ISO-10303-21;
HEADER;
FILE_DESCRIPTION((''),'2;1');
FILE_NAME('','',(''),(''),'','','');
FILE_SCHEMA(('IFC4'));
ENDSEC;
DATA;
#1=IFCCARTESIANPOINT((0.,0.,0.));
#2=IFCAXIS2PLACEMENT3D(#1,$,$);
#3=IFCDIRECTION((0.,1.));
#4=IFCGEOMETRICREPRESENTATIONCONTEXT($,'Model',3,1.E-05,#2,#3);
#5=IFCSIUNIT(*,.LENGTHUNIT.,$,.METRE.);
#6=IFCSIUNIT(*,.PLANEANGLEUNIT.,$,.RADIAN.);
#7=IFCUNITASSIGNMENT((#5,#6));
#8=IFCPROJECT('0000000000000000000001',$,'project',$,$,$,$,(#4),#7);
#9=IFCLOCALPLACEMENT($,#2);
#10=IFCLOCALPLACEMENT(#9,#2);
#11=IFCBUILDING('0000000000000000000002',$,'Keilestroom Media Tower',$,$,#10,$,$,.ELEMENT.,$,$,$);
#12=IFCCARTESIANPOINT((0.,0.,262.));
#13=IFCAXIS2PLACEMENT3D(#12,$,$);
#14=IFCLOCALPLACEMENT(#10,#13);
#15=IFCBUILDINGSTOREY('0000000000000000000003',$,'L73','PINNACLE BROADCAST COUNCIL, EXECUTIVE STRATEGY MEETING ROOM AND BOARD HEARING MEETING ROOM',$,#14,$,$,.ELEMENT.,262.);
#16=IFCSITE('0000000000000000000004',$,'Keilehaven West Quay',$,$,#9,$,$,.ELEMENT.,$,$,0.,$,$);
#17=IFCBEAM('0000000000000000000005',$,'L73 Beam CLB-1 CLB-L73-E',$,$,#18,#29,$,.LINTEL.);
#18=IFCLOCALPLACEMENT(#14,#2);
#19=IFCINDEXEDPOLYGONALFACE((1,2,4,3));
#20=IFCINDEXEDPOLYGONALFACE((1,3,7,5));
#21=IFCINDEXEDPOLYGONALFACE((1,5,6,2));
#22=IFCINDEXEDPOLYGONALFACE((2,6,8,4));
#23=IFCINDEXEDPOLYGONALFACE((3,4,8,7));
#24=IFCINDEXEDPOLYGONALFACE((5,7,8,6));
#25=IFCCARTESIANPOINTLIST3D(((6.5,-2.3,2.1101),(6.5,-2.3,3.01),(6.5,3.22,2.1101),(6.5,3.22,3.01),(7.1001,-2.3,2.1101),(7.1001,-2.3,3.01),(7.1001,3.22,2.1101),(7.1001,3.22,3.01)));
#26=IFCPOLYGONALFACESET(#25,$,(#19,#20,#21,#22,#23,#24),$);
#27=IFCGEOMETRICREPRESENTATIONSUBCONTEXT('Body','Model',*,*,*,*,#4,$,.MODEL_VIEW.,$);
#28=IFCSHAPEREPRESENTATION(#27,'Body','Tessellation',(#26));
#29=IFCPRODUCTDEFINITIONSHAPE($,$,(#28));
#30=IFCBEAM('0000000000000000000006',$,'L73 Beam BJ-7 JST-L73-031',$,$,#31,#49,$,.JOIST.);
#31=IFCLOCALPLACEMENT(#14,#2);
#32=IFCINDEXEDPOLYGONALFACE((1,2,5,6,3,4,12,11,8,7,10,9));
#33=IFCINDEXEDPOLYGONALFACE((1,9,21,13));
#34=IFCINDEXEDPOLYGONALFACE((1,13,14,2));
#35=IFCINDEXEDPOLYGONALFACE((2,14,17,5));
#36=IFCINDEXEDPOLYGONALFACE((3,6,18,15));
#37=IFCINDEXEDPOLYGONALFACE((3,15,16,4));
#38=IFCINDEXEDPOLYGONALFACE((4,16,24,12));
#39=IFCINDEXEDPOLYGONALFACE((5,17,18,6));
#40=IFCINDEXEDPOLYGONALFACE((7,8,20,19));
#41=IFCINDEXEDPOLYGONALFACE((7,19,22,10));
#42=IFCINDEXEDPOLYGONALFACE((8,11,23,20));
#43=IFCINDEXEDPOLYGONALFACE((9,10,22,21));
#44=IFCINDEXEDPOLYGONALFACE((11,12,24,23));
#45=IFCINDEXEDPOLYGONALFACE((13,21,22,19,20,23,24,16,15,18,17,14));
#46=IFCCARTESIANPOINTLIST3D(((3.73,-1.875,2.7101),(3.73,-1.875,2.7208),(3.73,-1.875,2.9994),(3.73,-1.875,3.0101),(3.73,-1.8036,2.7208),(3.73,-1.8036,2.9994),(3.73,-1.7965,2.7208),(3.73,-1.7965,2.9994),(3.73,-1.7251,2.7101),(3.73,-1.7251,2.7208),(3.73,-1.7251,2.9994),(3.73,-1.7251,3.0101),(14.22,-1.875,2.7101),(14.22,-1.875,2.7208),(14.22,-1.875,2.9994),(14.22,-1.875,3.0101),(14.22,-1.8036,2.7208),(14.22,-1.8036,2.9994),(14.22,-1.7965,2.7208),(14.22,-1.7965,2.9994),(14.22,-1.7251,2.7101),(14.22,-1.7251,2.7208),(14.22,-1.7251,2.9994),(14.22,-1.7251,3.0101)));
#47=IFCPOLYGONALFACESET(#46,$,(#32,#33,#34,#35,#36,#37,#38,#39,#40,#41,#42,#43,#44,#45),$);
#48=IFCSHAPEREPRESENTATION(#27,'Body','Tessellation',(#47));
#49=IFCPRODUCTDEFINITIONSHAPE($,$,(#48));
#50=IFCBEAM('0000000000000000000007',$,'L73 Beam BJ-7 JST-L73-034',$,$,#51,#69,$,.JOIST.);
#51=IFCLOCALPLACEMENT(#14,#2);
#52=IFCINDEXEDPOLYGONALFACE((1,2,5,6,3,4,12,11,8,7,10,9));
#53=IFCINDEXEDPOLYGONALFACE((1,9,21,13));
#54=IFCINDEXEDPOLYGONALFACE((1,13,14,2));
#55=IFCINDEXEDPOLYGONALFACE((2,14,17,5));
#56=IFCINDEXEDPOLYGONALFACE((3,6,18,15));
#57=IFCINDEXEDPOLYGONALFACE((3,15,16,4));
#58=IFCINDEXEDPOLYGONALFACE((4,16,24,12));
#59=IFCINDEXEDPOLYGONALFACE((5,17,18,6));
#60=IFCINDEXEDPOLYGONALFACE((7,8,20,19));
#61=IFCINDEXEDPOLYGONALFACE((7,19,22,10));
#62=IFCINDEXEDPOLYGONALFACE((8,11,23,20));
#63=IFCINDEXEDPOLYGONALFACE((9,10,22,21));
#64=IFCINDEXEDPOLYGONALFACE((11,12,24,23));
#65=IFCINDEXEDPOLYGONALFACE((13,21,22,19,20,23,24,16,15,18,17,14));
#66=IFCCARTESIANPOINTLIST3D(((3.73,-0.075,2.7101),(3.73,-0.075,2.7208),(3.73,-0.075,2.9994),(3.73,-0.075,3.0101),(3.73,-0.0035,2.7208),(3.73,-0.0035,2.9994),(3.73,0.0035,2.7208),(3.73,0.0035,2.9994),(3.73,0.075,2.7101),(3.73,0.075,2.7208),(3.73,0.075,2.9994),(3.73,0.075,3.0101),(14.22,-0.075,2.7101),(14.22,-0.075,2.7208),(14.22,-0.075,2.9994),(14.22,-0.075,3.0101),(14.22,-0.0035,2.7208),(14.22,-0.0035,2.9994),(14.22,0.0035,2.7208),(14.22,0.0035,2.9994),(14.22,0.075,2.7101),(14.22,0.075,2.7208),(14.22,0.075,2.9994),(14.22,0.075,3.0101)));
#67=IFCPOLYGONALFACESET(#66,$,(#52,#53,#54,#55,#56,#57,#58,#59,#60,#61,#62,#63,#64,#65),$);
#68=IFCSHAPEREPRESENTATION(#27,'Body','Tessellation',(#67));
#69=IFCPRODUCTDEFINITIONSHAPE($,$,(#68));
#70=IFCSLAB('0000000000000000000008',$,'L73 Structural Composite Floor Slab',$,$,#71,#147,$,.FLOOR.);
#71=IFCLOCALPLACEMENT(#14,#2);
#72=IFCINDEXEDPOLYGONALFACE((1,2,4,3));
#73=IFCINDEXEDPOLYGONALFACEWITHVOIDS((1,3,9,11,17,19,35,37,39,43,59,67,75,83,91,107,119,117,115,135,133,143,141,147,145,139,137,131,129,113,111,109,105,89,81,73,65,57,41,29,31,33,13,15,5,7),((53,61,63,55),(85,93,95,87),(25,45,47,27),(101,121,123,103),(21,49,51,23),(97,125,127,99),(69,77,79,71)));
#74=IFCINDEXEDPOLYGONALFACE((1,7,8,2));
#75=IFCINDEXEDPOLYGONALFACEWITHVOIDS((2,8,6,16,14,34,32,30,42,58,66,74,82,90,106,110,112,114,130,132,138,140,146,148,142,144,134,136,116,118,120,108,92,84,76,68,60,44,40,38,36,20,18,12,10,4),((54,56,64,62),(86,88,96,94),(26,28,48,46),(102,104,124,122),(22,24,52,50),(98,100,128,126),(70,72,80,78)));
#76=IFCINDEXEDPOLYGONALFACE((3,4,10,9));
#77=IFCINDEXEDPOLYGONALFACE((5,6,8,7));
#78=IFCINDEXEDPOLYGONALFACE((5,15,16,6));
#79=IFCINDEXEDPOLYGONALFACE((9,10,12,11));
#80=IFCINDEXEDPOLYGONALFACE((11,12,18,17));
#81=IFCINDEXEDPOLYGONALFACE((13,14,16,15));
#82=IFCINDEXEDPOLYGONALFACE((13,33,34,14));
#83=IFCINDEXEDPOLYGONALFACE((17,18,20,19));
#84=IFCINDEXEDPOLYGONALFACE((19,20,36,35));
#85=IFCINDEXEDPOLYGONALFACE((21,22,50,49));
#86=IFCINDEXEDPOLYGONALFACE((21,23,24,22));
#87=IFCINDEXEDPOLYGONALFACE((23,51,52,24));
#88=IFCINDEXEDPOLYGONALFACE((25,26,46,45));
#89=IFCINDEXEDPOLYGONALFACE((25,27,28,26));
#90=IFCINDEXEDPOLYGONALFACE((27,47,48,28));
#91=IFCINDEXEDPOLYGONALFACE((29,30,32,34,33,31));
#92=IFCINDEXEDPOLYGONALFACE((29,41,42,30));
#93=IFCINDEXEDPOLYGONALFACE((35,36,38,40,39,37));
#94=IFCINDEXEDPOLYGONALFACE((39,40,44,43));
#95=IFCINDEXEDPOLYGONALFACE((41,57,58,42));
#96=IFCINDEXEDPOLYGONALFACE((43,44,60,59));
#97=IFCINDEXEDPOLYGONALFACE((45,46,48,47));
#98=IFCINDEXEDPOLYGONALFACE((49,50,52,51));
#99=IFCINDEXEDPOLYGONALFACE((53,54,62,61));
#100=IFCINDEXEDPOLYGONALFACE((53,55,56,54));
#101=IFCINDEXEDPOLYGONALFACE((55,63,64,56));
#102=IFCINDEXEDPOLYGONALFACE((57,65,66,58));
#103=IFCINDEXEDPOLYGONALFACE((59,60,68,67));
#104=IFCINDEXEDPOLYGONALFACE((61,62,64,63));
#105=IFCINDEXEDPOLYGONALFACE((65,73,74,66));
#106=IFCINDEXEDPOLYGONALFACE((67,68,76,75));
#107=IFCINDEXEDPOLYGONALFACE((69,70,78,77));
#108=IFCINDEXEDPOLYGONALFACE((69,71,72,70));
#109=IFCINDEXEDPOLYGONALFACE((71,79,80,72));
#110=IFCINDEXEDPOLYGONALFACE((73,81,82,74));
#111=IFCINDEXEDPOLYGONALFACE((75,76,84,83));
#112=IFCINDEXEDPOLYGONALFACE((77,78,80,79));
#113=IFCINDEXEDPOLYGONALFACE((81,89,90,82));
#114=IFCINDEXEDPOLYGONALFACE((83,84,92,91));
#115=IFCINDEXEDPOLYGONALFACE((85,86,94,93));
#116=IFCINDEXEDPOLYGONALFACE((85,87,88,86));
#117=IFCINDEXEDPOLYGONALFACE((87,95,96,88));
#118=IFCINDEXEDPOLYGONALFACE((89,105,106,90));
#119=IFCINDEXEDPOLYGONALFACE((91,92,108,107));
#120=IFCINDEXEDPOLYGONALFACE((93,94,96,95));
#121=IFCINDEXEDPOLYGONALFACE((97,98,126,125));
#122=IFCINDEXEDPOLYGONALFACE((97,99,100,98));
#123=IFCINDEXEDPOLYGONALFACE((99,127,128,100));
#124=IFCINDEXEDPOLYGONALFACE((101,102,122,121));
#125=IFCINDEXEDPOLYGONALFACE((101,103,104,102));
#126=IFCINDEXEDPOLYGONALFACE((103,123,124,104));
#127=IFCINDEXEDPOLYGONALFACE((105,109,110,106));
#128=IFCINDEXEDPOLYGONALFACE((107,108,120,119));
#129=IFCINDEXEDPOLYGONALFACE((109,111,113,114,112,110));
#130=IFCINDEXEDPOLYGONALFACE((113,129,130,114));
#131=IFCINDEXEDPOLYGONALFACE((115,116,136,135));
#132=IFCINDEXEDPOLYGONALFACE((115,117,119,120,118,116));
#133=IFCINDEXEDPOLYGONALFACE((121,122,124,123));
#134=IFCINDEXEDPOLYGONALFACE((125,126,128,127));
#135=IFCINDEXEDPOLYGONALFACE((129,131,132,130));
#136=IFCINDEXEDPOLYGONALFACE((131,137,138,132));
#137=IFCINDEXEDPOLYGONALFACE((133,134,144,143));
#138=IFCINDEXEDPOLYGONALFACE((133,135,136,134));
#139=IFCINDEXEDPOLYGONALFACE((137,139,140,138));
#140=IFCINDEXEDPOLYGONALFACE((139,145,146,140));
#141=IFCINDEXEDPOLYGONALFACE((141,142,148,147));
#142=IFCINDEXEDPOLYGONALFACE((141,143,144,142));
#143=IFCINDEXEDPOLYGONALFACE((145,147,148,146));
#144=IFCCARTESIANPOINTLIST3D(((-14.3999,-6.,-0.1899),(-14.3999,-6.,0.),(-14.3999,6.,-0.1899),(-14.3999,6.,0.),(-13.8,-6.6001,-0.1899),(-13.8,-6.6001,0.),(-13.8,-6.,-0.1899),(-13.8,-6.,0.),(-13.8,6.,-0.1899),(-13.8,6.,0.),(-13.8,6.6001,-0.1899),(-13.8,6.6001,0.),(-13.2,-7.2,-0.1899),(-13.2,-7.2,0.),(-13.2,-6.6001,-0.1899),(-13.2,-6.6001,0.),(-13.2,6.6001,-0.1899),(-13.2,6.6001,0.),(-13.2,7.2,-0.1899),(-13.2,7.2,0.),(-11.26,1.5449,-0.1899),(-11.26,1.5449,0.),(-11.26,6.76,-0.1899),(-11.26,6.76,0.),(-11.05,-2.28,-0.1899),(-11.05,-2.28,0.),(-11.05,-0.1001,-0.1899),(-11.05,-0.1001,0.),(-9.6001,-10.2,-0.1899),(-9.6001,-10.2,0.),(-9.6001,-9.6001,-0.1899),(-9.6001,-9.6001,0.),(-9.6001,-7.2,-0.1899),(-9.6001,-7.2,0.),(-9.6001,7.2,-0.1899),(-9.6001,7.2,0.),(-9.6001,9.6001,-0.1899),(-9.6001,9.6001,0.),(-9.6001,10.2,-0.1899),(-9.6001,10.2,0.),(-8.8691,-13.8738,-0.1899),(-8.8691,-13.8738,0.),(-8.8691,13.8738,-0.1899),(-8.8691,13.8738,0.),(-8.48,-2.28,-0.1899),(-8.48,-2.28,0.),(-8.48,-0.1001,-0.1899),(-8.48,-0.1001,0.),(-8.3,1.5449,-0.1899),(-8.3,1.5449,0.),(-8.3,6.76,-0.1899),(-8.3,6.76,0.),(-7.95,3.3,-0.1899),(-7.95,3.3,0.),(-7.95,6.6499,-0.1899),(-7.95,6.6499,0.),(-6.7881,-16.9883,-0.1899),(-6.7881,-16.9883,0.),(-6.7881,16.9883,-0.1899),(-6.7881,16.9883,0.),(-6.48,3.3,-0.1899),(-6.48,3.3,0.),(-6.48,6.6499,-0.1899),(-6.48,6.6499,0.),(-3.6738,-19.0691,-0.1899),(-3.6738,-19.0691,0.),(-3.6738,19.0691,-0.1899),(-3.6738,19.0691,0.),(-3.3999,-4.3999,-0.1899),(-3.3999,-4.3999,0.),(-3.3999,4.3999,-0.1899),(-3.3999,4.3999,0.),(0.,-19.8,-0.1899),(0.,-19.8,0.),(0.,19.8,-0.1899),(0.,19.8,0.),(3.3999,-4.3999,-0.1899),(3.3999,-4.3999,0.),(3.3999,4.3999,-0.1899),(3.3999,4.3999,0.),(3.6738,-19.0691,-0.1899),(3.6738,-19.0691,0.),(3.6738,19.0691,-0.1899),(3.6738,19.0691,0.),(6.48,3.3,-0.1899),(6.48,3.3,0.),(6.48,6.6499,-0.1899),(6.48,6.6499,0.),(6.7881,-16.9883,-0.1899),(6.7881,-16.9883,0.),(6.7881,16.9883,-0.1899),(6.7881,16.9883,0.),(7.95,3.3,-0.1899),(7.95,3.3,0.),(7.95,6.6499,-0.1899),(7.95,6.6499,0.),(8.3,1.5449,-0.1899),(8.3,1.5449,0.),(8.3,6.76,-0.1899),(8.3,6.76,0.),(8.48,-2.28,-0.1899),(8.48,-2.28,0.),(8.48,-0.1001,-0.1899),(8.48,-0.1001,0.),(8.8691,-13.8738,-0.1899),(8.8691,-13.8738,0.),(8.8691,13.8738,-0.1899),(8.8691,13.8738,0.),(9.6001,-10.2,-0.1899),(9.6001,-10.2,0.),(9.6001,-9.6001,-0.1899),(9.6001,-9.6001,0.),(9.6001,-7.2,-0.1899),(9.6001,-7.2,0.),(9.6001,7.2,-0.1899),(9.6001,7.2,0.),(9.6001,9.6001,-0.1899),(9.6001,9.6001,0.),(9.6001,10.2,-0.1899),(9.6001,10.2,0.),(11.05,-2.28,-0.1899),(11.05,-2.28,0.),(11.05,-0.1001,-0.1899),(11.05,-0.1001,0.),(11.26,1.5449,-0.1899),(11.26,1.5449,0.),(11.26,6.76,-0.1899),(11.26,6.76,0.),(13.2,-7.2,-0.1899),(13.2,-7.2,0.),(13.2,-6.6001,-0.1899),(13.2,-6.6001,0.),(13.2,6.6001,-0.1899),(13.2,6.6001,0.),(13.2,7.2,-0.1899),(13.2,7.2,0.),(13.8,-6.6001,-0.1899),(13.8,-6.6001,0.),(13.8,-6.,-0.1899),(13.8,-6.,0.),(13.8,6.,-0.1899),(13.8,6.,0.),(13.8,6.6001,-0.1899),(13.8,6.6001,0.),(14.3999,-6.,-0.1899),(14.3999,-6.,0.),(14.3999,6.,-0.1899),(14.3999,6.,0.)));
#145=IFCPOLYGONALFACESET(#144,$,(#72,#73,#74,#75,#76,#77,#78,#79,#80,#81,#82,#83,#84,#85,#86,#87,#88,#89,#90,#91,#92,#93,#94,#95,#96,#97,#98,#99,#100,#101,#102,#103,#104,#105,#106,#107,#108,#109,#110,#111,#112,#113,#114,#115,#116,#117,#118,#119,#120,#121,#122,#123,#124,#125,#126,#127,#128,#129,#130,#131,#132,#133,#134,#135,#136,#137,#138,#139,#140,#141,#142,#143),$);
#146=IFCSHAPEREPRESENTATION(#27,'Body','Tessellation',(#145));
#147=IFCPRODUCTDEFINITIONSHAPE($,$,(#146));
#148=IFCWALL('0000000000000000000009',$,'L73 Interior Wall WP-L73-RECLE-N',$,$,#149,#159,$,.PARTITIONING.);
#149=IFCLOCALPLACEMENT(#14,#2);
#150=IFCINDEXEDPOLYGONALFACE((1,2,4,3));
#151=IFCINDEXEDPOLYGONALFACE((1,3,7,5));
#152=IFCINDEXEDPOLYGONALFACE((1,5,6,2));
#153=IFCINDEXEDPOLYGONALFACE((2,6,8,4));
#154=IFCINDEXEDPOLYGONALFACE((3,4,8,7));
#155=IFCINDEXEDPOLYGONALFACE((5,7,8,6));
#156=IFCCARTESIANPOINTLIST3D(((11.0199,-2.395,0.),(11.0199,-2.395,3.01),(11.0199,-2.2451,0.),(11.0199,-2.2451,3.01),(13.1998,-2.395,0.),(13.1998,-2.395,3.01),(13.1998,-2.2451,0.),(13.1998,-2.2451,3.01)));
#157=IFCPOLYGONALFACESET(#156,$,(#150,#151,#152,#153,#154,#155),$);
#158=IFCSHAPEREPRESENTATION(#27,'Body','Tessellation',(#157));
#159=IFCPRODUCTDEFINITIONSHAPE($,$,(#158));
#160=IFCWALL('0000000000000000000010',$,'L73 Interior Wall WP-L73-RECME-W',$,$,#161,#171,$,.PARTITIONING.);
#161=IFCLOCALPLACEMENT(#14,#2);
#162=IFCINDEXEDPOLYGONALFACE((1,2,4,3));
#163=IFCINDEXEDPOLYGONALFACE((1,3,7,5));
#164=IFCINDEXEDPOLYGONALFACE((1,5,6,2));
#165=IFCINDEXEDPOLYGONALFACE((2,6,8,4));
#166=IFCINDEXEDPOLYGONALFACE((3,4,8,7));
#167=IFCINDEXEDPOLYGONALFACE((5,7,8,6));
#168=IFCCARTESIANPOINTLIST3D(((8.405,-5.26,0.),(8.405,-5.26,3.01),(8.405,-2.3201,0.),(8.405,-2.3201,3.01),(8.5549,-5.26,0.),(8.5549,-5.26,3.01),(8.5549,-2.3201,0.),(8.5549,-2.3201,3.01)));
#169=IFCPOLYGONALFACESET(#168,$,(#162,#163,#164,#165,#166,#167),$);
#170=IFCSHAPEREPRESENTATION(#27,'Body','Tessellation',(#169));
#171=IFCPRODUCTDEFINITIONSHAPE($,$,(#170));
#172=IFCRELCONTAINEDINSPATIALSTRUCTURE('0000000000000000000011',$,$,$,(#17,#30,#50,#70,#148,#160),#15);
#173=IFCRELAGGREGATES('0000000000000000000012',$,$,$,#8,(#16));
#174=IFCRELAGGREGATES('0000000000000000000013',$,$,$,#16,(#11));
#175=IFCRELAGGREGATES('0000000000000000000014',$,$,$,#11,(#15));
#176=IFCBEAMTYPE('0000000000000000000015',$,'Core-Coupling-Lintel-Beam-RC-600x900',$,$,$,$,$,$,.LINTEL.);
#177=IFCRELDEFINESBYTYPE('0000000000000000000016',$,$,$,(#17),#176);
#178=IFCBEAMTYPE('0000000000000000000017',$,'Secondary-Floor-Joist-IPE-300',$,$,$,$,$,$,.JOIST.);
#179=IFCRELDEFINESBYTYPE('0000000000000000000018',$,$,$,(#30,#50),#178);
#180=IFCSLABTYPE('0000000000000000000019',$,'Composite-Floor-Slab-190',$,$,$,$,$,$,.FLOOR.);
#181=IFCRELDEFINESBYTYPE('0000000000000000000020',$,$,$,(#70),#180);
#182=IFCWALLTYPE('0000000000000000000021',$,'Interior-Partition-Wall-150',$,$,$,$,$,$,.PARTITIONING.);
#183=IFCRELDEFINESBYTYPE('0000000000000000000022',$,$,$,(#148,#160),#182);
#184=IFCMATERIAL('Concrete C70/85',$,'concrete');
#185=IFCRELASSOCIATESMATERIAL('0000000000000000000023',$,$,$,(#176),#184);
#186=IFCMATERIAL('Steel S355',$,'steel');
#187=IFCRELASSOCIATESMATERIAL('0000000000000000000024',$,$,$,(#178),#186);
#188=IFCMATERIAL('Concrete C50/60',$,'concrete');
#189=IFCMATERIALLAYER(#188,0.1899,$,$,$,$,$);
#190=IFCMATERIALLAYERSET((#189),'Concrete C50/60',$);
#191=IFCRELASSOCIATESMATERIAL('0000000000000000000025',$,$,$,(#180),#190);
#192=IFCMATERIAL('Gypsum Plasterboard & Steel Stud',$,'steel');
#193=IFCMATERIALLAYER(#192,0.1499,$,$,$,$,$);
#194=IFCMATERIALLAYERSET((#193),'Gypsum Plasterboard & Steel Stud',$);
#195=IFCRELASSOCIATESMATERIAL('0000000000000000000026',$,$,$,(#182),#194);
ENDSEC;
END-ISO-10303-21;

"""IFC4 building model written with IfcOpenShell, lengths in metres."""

from ifc_helpers import new_model, si_unit, direction, frame, frame_2d, origin, origin_2d, place, context, subcontext, project, spatial, polyline, rectangle, i_section, outline, extrude, source, transform, mapped, material, layer, layer_set, material_profile, profile_set, type_object, element, save


model = new_model("IFC4")

# Units and contexts
model_context = context("Model", 3, precision=1e-05, world=origin(), true_north=direction((0.0, 1.0)))
body_context = subcontext(model_context, "Body", "Model", "MODEL_VIEW")
ifc_project = project(units=[si_unit("LENGTHUNIT", "METRE"), si_unit("PLANEANGLEUNIT", "RADIAN")], contexts=[model_context])

# Site, building, storey
site_placement = place(None, origin())
site = spatial("IfcSite", under=ifc_project, at=site_placement, Name="Keilehaven West Quay", CompositionType="ELEMENT", RefElevation=0.0)
building_placement = place(site_placement, origin())
building = spatial("IfcBuilding", under=site, at=building_placement, Name="Keilestroom Media Tower", CompositionType="ELEMENT")
storey_placement = place(building_placement, frame((0.0, 0.0, 262.0)))
storey = spatial("IfcBuildingStorey", under=building, at=storey_placement, Name="L73", Description="PINNACLE BROADCAST COUNCIL, EXECUTIVE STRATEGY MEETING ROOM AND BOARD HEARING MEETING ROOM", CompositionType="ELEMENT", Elevation=262.0)

# Beams
ifc_material_1 = material(Name="Concrete C70/85", Category="concrete")
ifc_material_profile_1 = material_profile(ifc_material_1, rectangle(XDim=0.6001, YDim=0.8999, at=origin_2d()), Name="RC 600x900")
ifc_profile_set_1 = profile_set([ifc_material_profile_1], Name="Concrete C70/85")
beam_type_1 = type_object("IfcBeamType", Name="Core-Coupling-Lintel-Beam-RC-600x900", PredefinedType="LINTEL", material=ifc_profile_set_1)
shared_shape_1 = source(origin(), body_context, "Body", "SweptSolid", [
    extrude(rectangle(XDim=0.6001, YDim=0.8999, at=origin_2d()), origin(), (0.0, 0.0, 1.0), 5.52),
])
beam_placement = place(storey_placement, frame((6.8, -2.3, 2.5601), z_axis=(0.0, 1.0, 0.0), x_axis=(-1.0, 0.0, 0.0)))
element("IfcBeam", 1, at=beam_placement, inside=storey, type_object=beam_type_1, Name="L73 Beam CLB-1 CLB-L73-E", PredefinedType="LINTEL", context=body_context, shape_type="MappedRepresentation", body=[
    mapped(shared_shape_1, transform((0.0, 0.0, 0.0), x_axis=(1.0, 0.0, 0.0), y_axis=(0.0, 1.0, 0.0), z_axis=(0.0, 0.0, 1.0), scale=1.0)),
])
ifc_material_2 = material(Name="Steel S355", Category="steel")
ifc_material_profile_2 = material_profile(ifc_material_2, i_section(OverallWidth=0.1499, OverallDepth=0.3, WebThickness=0.0071, FlangeThickness=0.0107, at=origin_2d()), Name="IPE 300")
ifc_profile_set_2 = profile_set([ifc_material_profile_2], Name="Steel S355")
beam_type_2 = type_object("IfcBeamType", Name="Secondary-Floor-Joist-IPE-300", PredefinedType="JOIST", material=ifc_profile_set_2)
shared_shape_2 = source(origin(), body_context, "Body", "SweptSolid", [
    extrude(i_section(OverallWidth=0.1499, OverallDepth=0.3, WebThickness=0.0071, FlangeThickness=0.0107, at=origin_2d()), origin(), (0.0, 0.0, 1.0), 10.49),
])
for number, where, z_axis, x_axis, name in (
    (2, (3.73, -1.8, 2.8601), (1.0, 0.0, 0.0), (0.0, 1.0, 0.0), "L73 Beam BJ-7 JST-L73-031"),
    (3, (3.73, 0.0, 2.8601), (1.0, 0.0, 0.0), (0.0, 1.0, 0.0), "L73 Beam BJ-7 JST-L73-034"),
):
    element("IfcBeam", number, at=place(storey_placement, frame(where, z_axis=z_axis, x_axis=x_axis)), inside=storey, type_object=beam_type_2, Name=name, PredefinedType="JOIST", context=body_context, shape_type="MappedRepresentation", body=[
        mapped(shared_shape_2, transform((0.0, 0.0, 0.0), x_axis=(1.0, 0.0, 0.0), y_axis=(0.0, 1.0, 0.0), z_axis=(0.0, 0.0, 1.0), scale=1.0)),
    ])

# Slab
ifc_material_3 = material(Name="Concrete C50/60", Category="concrete")
ifc_layer_1 = layer(ifc_material_3, 0.1899)
ifc_layer_set_1 = layer_set([ifc_layer_1], Name="Concrete C50/60")
slab_type = type_object("IfcSlabType", Name="Composite-Floor-Slab-190", PredefinedType="FLOOR", material=ifc_layer_set_1)
slab_placement = place(storey_placement, frame((0.0, 0.0, -0.1899)))
element("IfcSlab", 4, at=slab_placement, inside=storey, type_object=slab_type, Name="L73 Structural Composite Floor Slab", PredefinedType="FLOOR", context=body_context, shape_type="SweptSolid", body=[
    extrude(outline(polyline([(14.3999, -6.0), (14.3999, 6.0), (13.8, 6.0), (13.8, 6.6001), (13.2, 6.6001), (13.2, 7.2), (9.6001, 7.2), (9.6001, 9.6001), (9.6001, 10.2), (8.8691, 13.8738), (6.7881, 16.9883), (3.6738, 19.0691), (0.0, 19.8), (-3.6738, 19.0691), (-6.7881, 16.9883), (-8.8691, 13.8738), (-9.6001, 10.2), (-9.6001, 9.6001), (-9.6001, 7.2), (-13.2, 7.2), (-13.2, 6.6001), (-13.8, 6.6001), (-13.8, 6.0), (-14.3999, 6.0), (-14.3999, -6.0), (-13.8, -6.0), (-13.8, -6.6001), (-13.2, -6.6001), (-13.2, -7.2), (-9.6001, -7.2), (-9.6001, -9.6001), (-9.6001, -10.2), (-8.8691, -13.8738), (-6.7881, -16.9883), (-3.6738, -19.0691), (0.0, -19.8), (3.6738, -19.0691), (6.7881, -16.9883), (8.8691, -13.8738), (9.6001, -10.2), (9.6001, -9.6001), (9.6001, -7.2), (13.2, -7.2), (13.2, -6.6001), (13.8, -6.6001), (13.8, -6.0), (14.3999, -6.0)]), holes=[polyline([(-8.3, 1.5449), (-11.26, 1.5449), (-11.26, 6.76), (-8.3, 6.76), (-8.3, 1.5449)]), polyline([(-8.48, -2.28), (-11.05, -2.28), (-11.05, -0.1001), (-8.48, -0.1001), (-8.48, -2.28)]), polyline([(-6.48, 3.3), (-7.95, 3.3), (-7.95, 6.6499), (-6.48, 6.6499), (-6.48, 3.3)]), polyline([(3.3999, -4.3999), (-3.3999, -4.3999), (-3.3999, 4.3999), (3.3999, 4.3999), (3.3999, -4.3999)]), polyline([(7.95, 3.3), (6.48, 3.3), (6.48, 6.6499), (7.95, 6.6499), (7.95, 3.3)]), polyline([(11.26, 1.5449), (8.3, 1.5449), (8.3, 6.76), (11.26, 6.76), (11.26, 1.5449)]), polyline([(11.05, -2.28), (8.48, -2.28), (8.48, -0.1001), (11.05, -0.1001), (11.05, -2.28)])]), origin(), (0.0, 0.0, 1.0), 0.1899),
])

# Walls
ifc_material_4 = material(Name="Gypsum Plasterboard & Steel Stud", Category="steel")
ifc_layer_2 = layer(ifc_material_4, 0.1499)
ifc_layer_set_2 = layer_set([ifc_layer_2], Name="Gypsum Plasterboard & Steel Stud")
wall_type_1 = type_object("IfcWallType", Name="Interior-Partition-Wall-150", PredefinedType="PARTITIONING", material=ifc_layer_set_2)
wall_1_placement = place(storey_placement, frame((11.02, -2.3201, 0.0), z_axis=(0.0, 0.0, 1.0), x_axis=(1.0, 0.0, 0.0)))
element("IfcWall", 5, at=wall_1_placement, inside=storey, type_object=wall_type_1, Name="L73 Interior Wall WP-L73-RECLE-N", PredefinedType="PARTITIONING", context=body_context, shape_type="SweptSolid", body=[
    extrude(rectangle(XDim=2.1799, YDim=0.1499, at=frame_2d((1.0898, 0.0))), origin(), (0.0, 0.0, 1.0), 3.01),
])
wall_2_placement = place(storey_placement, frame((8.48, -5.26, 0.0), z_axis=(0.0, 0.0, 1.0), x_axis=(0.0, 1.0, 0.0)))
element("IfcWall", 6, at=wall_2_placement, inside=storey, type_object=wall_type_1, Name="L73 Interior Wall WP-L73-RECME-W", PredefinedType="PARTITIONING", context=body_context, shape_type="SweptSolid", body=[
    extrude(rectangle(XDim=2.9399, YDim=0.1499, at=frame_2d((1.47, 0.0))), origin(), (0.0, 0.0, 1.0), 3.01),
])

save(model, "model.ifc")
